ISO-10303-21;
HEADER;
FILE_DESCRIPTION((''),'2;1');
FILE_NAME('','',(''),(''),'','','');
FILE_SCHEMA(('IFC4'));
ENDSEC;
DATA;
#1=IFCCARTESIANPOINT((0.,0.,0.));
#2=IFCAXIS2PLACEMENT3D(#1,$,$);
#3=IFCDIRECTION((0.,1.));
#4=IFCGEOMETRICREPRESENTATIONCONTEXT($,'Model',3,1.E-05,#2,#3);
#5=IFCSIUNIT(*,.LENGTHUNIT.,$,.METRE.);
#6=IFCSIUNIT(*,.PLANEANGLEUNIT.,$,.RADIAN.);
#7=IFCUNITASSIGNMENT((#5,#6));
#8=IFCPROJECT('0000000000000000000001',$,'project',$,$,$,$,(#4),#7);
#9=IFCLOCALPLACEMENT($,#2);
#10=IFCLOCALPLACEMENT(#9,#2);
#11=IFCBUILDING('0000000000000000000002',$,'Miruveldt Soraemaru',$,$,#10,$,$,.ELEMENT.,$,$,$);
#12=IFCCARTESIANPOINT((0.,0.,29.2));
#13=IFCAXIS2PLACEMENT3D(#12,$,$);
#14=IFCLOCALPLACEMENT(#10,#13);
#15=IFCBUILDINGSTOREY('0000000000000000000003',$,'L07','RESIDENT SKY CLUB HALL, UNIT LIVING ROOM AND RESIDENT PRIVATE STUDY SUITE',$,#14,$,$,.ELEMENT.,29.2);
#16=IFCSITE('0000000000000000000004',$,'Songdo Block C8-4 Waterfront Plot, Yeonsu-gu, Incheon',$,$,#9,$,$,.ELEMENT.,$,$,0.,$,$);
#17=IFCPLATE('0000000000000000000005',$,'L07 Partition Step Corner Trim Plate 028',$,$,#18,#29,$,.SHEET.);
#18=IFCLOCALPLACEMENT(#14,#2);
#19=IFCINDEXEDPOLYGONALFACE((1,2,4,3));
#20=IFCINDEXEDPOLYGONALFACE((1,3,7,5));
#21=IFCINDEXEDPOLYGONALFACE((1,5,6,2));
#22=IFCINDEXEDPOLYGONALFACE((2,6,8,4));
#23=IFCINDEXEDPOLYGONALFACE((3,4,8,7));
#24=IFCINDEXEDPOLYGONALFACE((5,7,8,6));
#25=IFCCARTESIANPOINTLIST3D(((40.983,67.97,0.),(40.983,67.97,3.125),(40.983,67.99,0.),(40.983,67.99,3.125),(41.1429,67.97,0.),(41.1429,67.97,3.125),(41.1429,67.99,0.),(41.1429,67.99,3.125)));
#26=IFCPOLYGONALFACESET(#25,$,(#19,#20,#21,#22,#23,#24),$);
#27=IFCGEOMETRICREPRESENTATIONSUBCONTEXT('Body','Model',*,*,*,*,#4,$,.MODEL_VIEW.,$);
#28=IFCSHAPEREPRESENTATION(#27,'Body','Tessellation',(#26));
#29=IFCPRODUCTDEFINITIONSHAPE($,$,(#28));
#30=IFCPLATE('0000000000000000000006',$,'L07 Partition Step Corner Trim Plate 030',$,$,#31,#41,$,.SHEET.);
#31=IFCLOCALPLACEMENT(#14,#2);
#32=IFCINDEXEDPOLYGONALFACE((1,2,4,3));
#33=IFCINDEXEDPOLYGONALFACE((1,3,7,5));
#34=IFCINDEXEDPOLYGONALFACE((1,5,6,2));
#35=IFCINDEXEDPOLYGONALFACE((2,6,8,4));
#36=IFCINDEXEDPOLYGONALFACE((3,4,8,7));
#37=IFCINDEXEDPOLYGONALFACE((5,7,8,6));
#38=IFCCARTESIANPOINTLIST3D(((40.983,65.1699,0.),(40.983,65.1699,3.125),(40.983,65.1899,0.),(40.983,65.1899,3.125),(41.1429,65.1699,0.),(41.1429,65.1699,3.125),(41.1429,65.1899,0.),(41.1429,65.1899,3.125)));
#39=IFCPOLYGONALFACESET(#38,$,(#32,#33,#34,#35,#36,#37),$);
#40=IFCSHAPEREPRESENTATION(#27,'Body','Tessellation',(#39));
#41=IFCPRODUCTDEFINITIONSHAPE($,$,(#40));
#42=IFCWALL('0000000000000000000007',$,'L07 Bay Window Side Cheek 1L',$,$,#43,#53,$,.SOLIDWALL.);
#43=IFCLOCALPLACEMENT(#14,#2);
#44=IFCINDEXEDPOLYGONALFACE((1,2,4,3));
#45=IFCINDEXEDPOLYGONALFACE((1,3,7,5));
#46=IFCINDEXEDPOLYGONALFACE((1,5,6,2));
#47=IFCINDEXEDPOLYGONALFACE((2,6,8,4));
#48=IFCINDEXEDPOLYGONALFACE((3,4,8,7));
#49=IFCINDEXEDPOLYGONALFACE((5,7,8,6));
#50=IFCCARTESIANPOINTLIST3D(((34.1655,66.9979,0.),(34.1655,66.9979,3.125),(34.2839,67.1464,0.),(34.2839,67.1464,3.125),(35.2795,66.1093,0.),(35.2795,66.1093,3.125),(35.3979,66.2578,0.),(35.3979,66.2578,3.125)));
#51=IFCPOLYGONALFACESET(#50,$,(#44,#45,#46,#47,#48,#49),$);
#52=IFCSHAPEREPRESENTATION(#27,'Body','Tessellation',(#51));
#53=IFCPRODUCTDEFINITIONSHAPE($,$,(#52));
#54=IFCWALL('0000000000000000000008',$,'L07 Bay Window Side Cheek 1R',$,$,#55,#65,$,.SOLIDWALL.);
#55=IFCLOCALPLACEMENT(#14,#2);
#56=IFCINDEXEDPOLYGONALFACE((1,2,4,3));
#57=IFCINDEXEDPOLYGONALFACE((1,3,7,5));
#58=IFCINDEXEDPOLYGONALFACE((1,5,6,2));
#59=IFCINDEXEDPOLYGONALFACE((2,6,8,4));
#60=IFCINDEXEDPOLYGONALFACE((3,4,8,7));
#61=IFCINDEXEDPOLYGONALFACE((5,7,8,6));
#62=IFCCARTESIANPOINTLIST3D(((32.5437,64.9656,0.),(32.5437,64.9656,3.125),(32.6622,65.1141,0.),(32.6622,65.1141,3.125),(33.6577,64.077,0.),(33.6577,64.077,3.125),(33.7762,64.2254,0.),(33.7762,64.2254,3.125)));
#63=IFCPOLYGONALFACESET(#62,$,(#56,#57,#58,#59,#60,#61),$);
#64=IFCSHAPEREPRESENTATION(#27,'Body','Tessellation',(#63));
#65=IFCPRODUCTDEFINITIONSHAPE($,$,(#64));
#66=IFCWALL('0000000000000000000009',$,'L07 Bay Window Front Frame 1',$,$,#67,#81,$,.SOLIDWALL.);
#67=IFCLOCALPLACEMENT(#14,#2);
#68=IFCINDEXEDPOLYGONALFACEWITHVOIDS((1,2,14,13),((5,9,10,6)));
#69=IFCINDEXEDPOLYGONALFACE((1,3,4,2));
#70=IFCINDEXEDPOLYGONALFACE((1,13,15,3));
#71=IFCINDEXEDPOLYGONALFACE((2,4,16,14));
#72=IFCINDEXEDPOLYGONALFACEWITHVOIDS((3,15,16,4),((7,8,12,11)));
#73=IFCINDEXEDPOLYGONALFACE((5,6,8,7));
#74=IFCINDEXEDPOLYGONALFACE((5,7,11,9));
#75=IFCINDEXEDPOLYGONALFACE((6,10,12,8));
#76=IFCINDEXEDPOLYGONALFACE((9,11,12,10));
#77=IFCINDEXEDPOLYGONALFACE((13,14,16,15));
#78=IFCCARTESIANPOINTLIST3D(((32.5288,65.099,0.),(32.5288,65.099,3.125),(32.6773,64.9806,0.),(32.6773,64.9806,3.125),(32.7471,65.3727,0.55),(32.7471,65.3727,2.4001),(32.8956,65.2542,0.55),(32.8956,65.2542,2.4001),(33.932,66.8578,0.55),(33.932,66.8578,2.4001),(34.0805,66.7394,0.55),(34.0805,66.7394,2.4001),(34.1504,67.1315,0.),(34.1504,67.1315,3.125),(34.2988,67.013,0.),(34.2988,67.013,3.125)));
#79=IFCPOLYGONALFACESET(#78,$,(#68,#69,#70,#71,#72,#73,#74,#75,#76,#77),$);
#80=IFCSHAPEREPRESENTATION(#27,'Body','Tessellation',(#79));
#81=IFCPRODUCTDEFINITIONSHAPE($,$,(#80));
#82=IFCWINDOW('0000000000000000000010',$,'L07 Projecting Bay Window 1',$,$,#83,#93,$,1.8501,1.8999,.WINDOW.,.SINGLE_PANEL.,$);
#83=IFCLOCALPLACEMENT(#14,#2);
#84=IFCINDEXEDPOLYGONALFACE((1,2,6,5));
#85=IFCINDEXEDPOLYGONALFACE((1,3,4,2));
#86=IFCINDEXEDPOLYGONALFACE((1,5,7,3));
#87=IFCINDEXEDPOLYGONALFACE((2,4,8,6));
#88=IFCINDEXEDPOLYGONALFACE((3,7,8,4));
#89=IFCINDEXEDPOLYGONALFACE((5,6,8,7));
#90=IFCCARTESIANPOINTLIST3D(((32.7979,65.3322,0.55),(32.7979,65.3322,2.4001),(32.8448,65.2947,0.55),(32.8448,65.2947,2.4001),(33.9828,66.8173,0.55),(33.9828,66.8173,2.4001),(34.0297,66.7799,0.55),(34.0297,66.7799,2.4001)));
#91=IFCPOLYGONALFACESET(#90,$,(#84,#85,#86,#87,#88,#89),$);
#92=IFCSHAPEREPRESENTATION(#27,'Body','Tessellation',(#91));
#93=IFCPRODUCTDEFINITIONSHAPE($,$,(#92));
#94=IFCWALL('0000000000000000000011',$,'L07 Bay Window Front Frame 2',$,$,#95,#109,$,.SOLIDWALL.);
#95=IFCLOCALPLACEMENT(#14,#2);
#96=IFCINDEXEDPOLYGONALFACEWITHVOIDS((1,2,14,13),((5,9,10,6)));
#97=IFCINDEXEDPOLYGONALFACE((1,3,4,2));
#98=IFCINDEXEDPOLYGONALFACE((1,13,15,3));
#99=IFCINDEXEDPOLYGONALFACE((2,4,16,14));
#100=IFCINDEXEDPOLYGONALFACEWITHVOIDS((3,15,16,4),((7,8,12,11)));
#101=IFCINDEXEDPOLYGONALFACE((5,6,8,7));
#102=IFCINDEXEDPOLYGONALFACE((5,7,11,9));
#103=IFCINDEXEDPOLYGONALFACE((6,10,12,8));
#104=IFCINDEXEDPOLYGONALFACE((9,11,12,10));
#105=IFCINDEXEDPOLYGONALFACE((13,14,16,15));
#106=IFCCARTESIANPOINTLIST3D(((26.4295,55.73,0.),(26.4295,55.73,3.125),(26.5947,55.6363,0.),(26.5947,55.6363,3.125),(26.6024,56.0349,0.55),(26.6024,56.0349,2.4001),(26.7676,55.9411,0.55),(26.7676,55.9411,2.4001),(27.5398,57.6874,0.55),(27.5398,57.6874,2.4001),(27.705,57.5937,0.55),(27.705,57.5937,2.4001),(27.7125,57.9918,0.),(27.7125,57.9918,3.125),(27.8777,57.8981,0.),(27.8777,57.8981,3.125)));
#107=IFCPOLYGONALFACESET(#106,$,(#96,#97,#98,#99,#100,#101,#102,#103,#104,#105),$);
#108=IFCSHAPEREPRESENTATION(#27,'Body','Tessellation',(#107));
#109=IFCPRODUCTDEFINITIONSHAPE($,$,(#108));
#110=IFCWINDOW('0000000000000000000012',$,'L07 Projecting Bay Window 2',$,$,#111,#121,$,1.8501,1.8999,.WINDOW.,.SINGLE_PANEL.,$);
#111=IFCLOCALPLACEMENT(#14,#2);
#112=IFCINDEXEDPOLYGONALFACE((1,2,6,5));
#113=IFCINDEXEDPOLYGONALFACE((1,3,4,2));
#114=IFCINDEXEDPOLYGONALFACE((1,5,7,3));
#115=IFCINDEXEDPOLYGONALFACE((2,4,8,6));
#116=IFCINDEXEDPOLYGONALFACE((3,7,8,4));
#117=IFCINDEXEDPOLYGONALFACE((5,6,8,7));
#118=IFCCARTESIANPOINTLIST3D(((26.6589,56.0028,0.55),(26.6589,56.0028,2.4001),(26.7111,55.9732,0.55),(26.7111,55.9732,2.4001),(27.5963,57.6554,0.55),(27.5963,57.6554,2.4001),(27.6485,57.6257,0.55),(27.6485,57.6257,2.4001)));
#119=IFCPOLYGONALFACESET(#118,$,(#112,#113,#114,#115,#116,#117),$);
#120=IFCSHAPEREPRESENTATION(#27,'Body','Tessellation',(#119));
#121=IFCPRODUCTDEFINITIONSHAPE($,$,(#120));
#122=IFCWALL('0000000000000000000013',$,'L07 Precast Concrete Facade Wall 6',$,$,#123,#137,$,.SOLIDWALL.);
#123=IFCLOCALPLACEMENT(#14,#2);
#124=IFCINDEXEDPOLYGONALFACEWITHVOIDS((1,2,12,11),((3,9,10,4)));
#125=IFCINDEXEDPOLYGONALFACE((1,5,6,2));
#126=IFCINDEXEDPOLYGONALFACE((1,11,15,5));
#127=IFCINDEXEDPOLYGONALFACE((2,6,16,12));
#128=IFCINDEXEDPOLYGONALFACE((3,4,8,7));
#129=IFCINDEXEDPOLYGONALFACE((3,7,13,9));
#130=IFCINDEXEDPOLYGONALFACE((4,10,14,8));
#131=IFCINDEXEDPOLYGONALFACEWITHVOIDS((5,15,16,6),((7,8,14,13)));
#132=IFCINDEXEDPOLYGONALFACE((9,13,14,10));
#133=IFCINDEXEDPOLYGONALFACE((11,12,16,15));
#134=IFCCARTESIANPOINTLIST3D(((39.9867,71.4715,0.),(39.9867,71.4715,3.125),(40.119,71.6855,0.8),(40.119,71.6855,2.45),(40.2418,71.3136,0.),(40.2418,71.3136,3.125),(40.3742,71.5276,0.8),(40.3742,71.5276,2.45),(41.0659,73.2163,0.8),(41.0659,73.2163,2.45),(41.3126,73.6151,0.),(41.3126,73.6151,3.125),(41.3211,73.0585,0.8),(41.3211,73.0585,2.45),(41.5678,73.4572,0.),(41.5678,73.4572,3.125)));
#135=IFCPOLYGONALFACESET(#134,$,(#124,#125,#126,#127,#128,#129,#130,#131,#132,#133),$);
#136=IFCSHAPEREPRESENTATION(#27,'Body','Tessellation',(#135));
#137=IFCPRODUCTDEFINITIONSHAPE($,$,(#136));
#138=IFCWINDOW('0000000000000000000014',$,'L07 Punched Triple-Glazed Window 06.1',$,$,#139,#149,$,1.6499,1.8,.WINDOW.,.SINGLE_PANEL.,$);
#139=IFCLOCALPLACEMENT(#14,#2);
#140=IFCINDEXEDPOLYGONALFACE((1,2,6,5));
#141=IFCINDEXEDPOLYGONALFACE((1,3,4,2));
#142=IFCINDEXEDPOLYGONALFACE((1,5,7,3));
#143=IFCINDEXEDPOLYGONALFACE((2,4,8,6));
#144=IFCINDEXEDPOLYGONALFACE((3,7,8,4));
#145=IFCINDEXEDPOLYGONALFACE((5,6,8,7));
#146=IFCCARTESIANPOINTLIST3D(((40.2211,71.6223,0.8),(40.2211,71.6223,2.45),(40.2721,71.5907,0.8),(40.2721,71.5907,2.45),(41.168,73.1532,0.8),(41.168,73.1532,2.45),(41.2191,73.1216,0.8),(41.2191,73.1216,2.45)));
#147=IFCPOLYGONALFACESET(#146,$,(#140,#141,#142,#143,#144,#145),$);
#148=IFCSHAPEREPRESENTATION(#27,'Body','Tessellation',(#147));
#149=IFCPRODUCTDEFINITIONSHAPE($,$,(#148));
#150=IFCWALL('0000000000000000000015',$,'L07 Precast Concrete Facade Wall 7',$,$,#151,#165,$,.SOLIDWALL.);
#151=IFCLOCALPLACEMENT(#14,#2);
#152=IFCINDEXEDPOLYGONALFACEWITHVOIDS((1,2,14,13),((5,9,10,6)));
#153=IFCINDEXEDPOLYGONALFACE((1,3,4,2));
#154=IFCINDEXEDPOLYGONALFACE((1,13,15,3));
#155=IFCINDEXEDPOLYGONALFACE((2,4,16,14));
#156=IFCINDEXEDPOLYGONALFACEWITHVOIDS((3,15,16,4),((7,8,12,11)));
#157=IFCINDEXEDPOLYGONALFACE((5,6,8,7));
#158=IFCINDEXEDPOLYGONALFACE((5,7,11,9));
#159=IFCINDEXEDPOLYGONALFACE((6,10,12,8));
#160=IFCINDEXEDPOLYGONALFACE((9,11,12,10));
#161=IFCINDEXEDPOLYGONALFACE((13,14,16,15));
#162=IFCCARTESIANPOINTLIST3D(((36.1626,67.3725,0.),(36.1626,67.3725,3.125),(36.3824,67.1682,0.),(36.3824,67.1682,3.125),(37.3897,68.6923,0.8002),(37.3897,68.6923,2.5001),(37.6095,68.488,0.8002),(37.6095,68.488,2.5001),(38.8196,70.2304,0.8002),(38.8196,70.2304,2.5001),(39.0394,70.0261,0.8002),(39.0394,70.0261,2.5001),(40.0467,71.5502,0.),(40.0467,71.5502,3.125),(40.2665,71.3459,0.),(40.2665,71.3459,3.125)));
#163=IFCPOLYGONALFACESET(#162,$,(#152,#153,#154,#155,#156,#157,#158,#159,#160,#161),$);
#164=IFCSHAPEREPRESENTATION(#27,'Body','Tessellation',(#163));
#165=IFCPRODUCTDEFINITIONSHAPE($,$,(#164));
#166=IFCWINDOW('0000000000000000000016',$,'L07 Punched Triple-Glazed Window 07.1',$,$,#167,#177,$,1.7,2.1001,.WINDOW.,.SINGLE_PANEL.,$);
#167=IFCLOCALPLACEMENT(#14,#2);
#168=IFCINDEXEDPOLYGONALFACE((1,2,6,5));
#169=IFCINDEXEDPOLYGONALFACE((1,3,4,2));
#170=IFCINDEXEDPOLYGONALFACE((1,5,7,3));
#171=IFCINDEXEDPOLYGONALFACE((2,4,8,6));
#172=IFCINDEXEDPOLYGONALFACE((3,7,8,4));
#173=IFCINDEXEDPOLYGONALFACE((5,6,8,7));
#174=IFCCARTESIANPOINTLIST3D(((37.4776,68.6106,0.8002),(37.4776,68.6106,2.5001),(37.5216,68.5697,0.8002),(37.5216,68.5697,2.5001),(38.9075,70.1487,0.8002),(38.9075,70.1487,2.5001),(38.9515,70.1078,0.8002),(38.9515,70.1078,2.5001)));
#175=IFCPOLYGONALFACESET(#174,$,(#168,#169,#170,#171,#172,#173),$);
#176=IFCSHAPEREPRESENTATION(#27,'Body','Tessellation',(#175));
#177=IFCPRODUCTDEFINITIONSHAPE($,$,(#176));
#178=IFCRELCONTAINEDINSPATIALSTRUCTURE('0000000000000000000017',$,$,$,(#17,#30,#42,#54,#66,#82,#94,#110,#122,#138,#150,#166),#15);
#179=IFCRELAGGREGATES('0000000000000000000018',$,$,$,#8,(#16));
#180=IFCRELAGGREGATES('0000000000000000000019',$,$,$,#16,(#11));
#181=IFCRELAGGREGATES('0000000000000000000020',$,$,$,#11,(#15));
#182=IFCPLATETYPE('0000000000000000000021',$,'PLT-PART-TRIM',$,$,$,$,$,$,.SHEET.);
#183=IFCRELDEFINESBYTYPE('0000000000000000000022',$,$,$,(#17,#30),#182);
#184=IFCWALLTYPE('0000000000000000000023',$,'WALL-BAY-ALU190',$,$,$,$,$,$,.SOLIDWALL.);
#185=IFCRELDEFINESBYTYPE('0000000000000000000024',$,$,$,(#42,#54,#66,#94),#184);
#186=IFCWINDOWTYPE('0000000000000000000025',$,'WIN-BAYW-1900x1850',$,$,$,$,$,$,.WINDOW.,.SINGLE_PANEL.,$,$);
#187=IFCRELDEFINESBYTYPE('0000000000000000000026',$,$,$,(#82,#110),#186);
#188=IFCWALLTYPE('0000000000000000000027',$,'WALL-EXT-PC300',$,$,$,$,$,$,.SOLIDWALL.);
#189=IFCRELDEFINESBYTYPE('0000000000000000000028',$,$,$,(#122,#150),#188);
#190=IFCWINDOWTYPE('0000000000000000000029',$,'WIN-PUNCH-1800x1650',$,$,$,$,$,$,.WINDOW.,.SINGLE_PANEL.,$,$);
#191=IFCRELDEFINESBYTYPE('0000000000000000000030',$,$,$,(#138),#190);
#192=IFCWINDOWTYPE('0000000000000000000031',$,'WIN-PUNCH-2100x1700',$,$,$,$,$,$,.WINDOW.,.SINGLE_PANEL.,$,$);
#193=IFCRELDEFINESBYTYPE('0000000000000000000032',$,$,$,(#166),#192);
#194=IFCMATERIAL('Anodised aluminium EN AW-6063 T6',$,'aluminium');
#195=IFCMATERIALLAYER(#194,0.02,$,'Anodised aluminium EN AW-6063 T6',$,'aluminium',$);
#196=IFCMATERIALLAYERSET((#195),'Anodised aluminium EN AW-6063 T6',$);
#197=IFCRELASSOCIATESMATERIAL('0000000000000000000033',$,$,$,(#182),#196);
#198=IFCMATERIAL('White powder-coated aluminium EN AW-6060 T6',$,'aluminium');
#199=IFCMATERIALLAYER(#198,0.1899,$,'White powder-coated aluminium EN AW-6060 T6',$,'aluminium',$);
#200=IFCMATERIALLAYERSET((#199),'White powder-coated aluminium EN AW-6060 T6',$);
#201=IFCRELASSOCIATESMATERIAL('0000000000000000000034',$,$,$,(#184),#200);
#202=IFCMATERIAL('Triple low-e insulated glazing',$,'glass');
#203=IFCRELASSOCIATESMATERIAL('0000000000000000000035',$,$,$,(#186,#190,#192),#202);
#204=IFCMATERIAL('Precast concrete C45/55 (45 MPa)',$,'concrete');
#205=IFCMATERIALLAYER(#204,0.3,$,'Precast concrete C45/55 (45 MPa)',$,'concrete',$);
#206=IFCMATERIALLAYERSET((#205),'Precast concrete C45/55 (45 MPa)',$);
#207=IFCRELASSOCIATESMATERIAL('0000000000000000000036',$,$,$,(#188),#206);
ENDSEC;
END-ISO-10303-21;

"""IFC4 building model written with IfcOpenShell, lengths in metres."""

from ifc_helpers import new_model, si_unit, direction, frame, frame_2d, origin, origin_2d, place, context, subcontext, project, spatial, rectangle, extrude, material, layer, layer_set, type_object, element, fill, save


model = new_model("IFC4")

# Units and contexts
model_context = context("Model", 3, precision=1e-05, world=origin(), true_north=direction((0.0, 1.0)))
body_context = subcontext(model_context, "Body", "Model", "MODEL_VIEW")
ifc_project = project(units=[si_unit("LENGTHUNIT", "METRE"), si_unit("PLANEANGLEUNIT", "RADIAN")], contexts=[model_context])

# Site, building, storey
site_placement = place(None, origin())
site = spatial("IfcSite", under=ifc_project, at=site_placement, Name="Songdo Block C8-4 Waterfront Plot, Yeonsu-gu, Incheon", CompositionType="ELEMENT", RefElevation=0.0)
building_placement = place(site_placement, origin())
building = spatial("IfcBuilding", under=site, at=building_placement, Name="Miruveldt Soraemaru", CompositionType="ELEMENT")
storey_placement = place(building_placement, frame((0.0, 0.0, 29.2)))
storey = spatial("IfcBuildingStorey", under=building, at=storey_placement, Name="L07", Description="RESIDENT SKY CLUB HALL, UNIT LIVING ROOM AND RESIDENT PRIVATE STUDY SUITE", CompositionType="ELEMENT", Elevation=29.2)

# Plates
ifc_material_1 = material(Name="Anodised aluminium EN AW-6063 T6", Category="aluminium")
ifc_layer_1 = layer(ifc_material_1, 0.02, Name="Anodised aluminium EN AW-6063 T6", Category="aluminium")
ifc_layer_set_1 = layer_set([ifc_layer_1], Name="Anodised aluminium EN AW-6063 T6")
plate_type = type_object("IfcPlateType", Name="PLT-PART-TRIM", PredefinedType="SHEET", material=ifc_layer_set_1)
for number, where, z_axis, x_axis, name in (
    (1, (41.063, 67.98, 0.0), (0.0, 0.0, 1.0), (-1.0, 0.0, 0.0), "L07 Partition Step Corner Trim Plate 028"),
    (2, (41.063, 65.1799, 0.0), (0.0, 0.0, 1.0), (1.0, 0.0, 0.0), "L07 Partition Step Corner Trim Plate 030"),
):
    element("IfcPlate", number, at=place(storey_placement, frame(where, z_axis=z_axis, x_axis=x_axis)), inside=storey, type_object=plate_type, Name=name, PredefinedType="SHEET", context=body_context, shape_type="SweptSolid", body=[
        extrude(rectangle(XDim=0.1599, YDim=0.02, at=origin_2d()), origin(), (0.0, 0.0, 1.0), 3.125),
    ])

# Walls
ifc_material_2 = material(Name="White powder-coated aluminium EN AW-6060 T6", Category="aluminium")
ifc_layer_2 = layer(ifc_material_2, 0.1899, Name="White powder-coated aluminium EN AW-6060 T6", Category="aluminium")
ifc_layer_set_2 = layer_set([ifc_layer_2], Name="White powder-coated aluminium EN AW-6060 T6")
wall_type_1 = type_object("IfcWallType", Name="WALL-BAY-ALU190", PredefinedType="SOLIDWALL", material=ifc_layer_set_2)
for number, where, z_axis, x_axis, name in (
    (3, (35.3386, 66.1836, 0.0), (0.0, 0.0, 1.0), (-0.781737, 0.623608, 0.0), "L07 Bay Window Side Cheek 1L"),
    (4, (32.603, 65.0398, 0.0), (0.0, 0.0, 1.0), (0.781737, -0.623608, 0.0), "L07 Bay Window Side Cheek 1R"),
):
    element("IfcWall", number, at=place(storey_placement, frame(where, z_axis=z_axis, x_axis=x_axis)), inside=storey, type_object=wall_type_1, Name=name, PredefinedType="SOLIDWALL", context=body_context, shape_type="SweptSolid", body=[
        extrude(rectangle(XDim=1.425, YDim=0.1899, at=frame_2d((0.7124, 0.0))), origin(), (0.0, 0.0, 1.0), 3.125),
    ])

# Walls, openings, windows
wall_1_placement = place(storey_placement, frame((34.2246, 67.0723, 0.0), z_axis=(0.0, 0.0, 1.0), x_axis=(-0.623664, -0.781693, 0.0)))
wall_1 = element("IfcWall", 5, at=wall_1_placement, inside=storey, type_object=wall_type_1, Name="L07 Bay Window Front Frame 1", PredefinedType="SOLIDWALL", context=body_context, shape_type="SweptSolid", body=[
    extrude(rectangle(XDim=2.6001, YDim=0.1899, at=frame_2d((1.3, 0.0))), origin(), (0.0, 0.0, 1.0), 3.125),
])
opening_1_placement = place(wall_1_placement, frame((0.3501, 0.0, 0.55)))
opening_1 = element("IfcOpeningElement", 6, at=opening_1_placement, cuts=wall_1, PredefinedType="OPENING", context=body_context, shape_type="SweptSolid", body=[
    extrude(rectangle(XDim=1.8999, YDim=1.8501, at=frame_2d((0.95, 0.925))), frame((0.0, 0.105, 0.0), z_axis=(0.0, -1.0, 0.0), x_axis=(1.0, 0.0, 0.0)), (0.0, 0.0, 1.0), 0.21),
])
ifc_material_3 = material(Name="Triple low-e insulated glazing", Category="glass")
window_type_1 = type_object("IfcWindowType", Name="WIN-BAYW-1900x1850", PartitioningType="SINGLE_PANEL", PredefinedType="WINDOW", material=ifc_material_3)
window_1_placement = place(opening_1_placement, origin())
window_1 = element("IfcWindow", 7, at=window_1_placement, inside=storey, type_object=window_type_1, Name="L07 Projecting Bay Window 1", OverallHeight=1.8501, OverallWidth=1.8999, PartitioningType="SINGLE_PANEL", PredefinedType="WINDOW", context=body_context, shape_type="SweptSolid", body=[
    extrude(rectangle(XDim=1.8999, YDim=1.8501, at=frame_2d((0.95, 0.925))), frame((0.0, 0.03, 0.0), z_axis=(0.0, -1.0, 0.0), x_axis=(1.0, 0.0, 0.0)), (0.0, 0.0, 1.0), 0.0601),
])
fill(opening_1, window_1)
wall_2_placement = place(storey_placement, frame((27.7952, 57.9451, 0.0), z_axis=(0.0, 0.0, 1.0), x_axis=(-0.493396, -0.869805, 0.0)))
wall_2 = element("IfcWall", 8, at=wall_2_placement, inside=storey, type_object=wall_type_1, Name="L07 Bay Window Front Frame 2", PredefinedType="SOLIDWALL", context=body_context, shape_type="SweptSolid", body=[
    extrude(rectangle(XDim=2.6003, YDim=0.1899, at=frame_2d((1.3003, 0.0))), origin(), (0.0, 0.0, 1.0), 3.125),
])
opening_2_placement = place(wall_2_placement, frame((0.3501, 0.0, 0.55)))
opening_2 = element("IfcOpeningElement", 9, at=opening_2_placement, cuts=wall_2, PredefinedType="OPENING", context=body_context, shape_type="SweptSolid", body=[
    extrude(rectangle(XDim=1.8999, YDim=1.8501, at=frame_2d((0.95, 0.925))), frame((0.0, 0.105, 0.0), z_axis=(0.0, -1.0, 0.0), x_axis=(1.0, 0.0, 0.0)), (0.0, 0.0, 1.0), 0.21),
])
window_2_placement = place(opening_2_placement, origin())
window_2 = element("IfcWindow", 10, at=window_2_placement, inside=storey, type_object=window_type_1, Name="L07 Projecting Bay Window 2", OverallHeight=1.8501, OverallWidth=1.8999, PartitioningType="SINGLE_PANEL", PredefinedType="WINDOW", context=body_context, shape_type="SweptSolid", body=[
    extrude(rectangle(XDim=1.8999, YDim=1.8501, at=frame_2d((0.95, 0.925))), frame((0.0, 0.03, 0.0), z_axis=(0.0, -1.0, 0.0), x_axis=(1.0, 0.0, 0.0)), (0.0, 0.0, 1.0), 0.0601),
])
fill(opening_2, window_2)
ifc_material_4 = material(Name="Precast concrete C45/55 (45 MPa)", Category="concrete")
ifc_layer_3 = layer(ifc_material_4, 0.3, Name="Precast concrete C45/55 (45 MPa)", Category="concrete")
ifc_layer_set_3 = layer_set([ifc_layer_3], Name="Precast concrete C45/55 (45 MPa)")
wall_type_2 = type_object("IfcWallType", Name="WALL-EXT-PC300", PredefinedType="SOLIDWALL", material=ifc_layer_set_3)
wall_3_placement = place(storey_placement, frame((41.4402, 73.5361, 0.0), z_axis=(0.0, 0.0, 1.0), x_axis=(-0.526058, -0.850449, 0.0)))
wall_3 = element("IfcWall", 11, at=wall_3_placement, inside=storey, type_object=wall_type_2, Name="L07 Precast Concrete Facade Wall 6", PredefinedType="SOLIDWALL", context=body_context, shape_type="SweptSolid", body=[
    extrude(rectangle(XDim=2.5205, YDim=0.3, at=frame_2d((1.2603, 0.0))), origin(), (0.0, 0.0, 1.0), 3.125),
])
opening_3_placement = place(wall_3_placement, frame((0.469, 0.0, 0.8)))
opening_3 = element("IfcOpeningElement", 12, at=opening_3_placement, cuts=wall_3, PredefinedType="OPENING", context=body_context, shape_type="SweptSolid", body=[
    extrude(rectangle(XDim=1.8, YDim=1.6499, at=frame_2d((0.8999, 0.825))), frame((0.0, 0.1602, 0.0), z_axis=(0.0, -1.0, 0.0), x_axis=(1.0, 0.0, 0.0)), (0.0, 0.0, 1.0), 0.3201),
])
window_type_2 = type_object("IfcWindowType", Name="WIN-PUNCH-1800x1650", PartitioningType="SINGLE_PANEL", PredefinedType="WINDOW", material=ifc_material_3)
window_3_placement = place(opening_3_placement, origin())
window_3 = element("IfcWindow", 13, at=window_3_placement, inside=storey, type_object=window_type_2, Name="L07 Punched Triple-Glazed Window 06.1", OverallHeight=1.6499, OverallWidth=1.8, PartitioningType="SINGLE_PANEL", PredefinedType="WINDOW", context=body_context, shape_type="SweptSolid", body=[
    extrude(rectangle(XDim=1.8, YDim=1.6499, at=frame_2d((0.8999, 0.825))), frame((0.0, 0.03, 0.0), z_axis=(0.0, -1.0, 0.0), x_axis=(1.0, 0.0, 0.0)), (0.0, 0.0, 1.0), 0.0601),
])
fill(opening_3, window_3)
wall_4_placement = place(storey_placement, frame((40.1565, 71.448, 0.0), z_axis=(0.0, 0.0, 1.0), x_axis=(-0.680894, -0.732382, 0.0)))
wall_4 = element("IfcWall", 14, at=wall_4_placement, inside=storey, type_object=wall_type_2, Name="L07 Precast Concrete Facade Wall 7", PredefinedType="SOLIDWALL", context=body_context, shape_type="SweptSolid", body=[
    extrude(rectangle(XDim=5.7043, YDim=0.3, at=frame_2d((2.8521, 0.0))), origin(), (0.0, 0.0, 1.0), 3.125),
])
opening_4_placement = place(wall_4_placement, frame((1.802, 0.0, 0.8)))
opening_4 = element("IfcOpeningElement", 15, at=opening_4_placement, cuts=wall_4, PredefinedType="OPENING", context=body_context, shape_type="SweptSolid", body=[
    extrude(rectangle(XDim=2.1001, YDim=1.7, at=frame_2d((1.05, 0.8501))), frame((0.0, 0.1602, 0.0), z_axis=(0.0, -1.0, 0.0), x_axis=(1.0, 0.0, 0.0)), (0.0, 0.0, 1.0), 0.3201),
])
window_type_3 = type_object("IfcWindowType", Name="WIN-PUNCH-2100x1700", PartitioningType="SINGLE_PANEL", PredefinedType="WINDOW", material=ifc_material_3)
window_4_placement = place(opening_4_placement, origin())
window_4 = element("IfcWindow", 16, at=window_4_placement, inside=storey, type_object=window_type_3, Name="L07 Punched Triple-Glazed Window 07.1", OverallHeight=1.7, OverallWidth=2.1001, PartitioningType="SINGLE_PANEL", PredefinedType="WINDOW", context=body_context, shape_type="SweptSolid", body=[
    extrude(rectangle(XDim=2.1001, YDim=1.7, at=frame_2d((1.05, 0.8501))), frame((0.0, 0.03, 0.0), z_axis=(0.0, -1.0, 0.0), x_axis=(1.0, 0.0, 0.0)), (0.0, 0.0, 1.0), 0.0601),
])
fill(opening_4, window_4)

save(model, "model.ifc")
